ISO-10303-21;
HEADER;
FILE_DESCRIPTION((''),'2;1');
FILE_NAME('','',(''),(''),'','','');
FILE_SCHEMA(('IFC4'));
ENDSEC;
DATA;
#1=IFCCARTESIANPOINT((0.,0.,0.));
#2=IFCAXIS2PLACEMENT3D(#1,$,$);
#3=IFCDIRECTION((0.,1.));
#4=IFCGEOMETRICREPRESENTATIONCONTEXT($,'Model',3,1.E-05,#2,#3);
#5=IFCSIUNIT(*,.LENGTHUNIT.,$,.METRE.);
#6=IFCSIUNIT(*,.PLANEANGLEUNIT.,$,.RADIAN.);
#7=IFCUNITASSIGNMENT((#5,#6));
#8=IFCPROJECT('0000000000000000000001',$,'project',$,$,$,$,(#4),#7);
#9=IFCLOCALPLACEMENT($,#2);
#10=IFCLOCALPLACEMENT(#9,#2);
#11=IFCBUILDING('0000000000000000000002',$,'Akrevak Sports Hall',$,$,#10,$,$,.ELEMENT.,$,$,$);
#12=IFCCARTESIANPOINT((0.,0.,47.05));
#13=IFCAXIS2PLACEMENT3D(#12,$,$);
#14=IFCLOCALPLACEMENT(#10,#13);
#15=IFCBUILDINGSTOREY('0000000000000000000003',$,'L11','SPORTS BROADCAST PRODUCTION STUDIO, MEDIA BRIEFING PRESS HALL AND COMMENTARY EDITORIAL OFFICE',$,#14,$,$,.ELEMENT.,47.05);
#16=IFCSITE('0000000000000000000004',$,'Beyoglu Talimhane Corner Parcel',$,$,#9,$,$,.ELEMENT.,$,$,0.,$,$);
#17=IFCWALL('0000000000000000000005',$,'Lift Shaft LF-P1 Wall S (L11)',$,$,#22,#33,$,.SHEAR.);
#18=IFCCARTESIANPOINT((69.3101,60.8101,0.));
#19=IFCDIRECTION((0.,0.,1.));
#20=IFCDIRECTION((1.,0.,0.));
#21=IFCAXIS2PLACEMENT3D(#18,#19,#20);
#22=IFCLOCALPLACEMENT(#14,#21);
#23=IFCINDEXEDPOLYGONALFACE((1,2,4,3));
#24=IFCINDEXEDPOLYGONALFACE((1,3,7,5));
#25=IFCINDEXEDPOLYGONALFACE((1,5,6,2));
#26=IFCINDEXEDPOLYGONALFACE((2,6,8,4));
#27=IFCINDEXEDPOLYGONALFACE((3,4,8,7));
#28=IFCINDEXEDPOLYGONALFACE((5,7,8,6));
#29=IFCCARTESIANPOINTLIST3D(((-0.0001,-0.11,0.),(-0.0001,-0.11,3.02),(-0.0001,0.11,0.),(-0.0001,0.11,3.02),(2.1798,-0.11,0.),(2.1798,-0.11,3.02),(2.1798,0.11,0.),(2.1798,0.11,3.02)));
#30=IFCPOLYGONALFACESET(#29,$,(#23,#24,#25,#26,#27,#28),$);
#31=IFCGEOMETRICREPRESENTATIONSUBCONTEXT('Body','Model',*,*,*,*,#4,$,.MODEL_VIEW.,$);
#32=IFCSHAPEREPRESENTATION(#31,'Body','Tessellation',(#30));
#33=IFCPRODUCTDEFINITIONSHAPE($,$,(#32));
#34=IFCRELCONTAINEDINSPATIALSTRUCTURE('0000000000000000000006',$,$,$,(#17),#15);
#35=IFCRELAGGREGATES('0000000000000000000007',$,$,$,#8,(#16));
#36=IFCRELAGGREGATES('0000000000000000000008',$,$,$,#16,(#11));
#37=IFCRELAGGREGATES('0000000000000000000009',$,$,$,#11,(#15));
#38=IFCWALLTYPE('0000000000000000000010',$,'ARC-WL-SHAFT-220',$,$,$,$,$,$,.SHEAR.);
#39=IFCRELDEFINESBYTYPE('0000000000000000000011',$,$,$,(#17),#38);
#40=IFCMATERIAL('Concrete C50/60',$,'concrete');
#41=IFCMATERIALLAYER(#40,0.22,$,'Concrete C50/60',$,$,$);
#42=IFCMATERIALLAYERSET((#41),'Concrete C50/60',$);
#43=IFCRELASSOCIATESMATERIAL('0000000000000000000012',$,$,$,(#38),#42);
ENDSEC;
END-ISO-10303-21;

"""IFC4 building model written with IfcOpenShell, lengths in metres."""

from ifc_helpers import new_model, si_unit, direction, frame, frame_2d, origin, place, context, subcontext, project, spatial, rectangle, extrude, material, layer, layer_set, type_object, element, save


model = new_model("IFC4")

# Units and contexts
model_context = context("Model", 3, precision=1e-05, world=origin(), true_north=direction((0.0, 1.0)))
body_context = subcontext(model_context, "Body", "Model", "MODEL_VIEW")
ifc_project = project(units=[si_unit("LENGTHUNIT", "METRE"), si_unit("PLANEANGLEUNIT", "RADIAN")], contexts=[model_context])

# Site, building, storey
site_placement = place(None, origin())
site = spatial("IfcSite", under=ifc_project, at=site_placement, Name="Beyoglu Talimhane Corner Parcel", CompositionType="ELEMENT", RefElevation=0.0)
building_placement = place(site_placement, origin())
building = spatial("IfcBuilding", under=site, at=building_placement, Name="Akrevak Sports Hall", CompositionType="ELEMENT")
storey_placement = place(building_placement, frame((0.0, 0.0, 47.05)))
storey = spatial("IfcBuildingStorey", under=building, at=storey_placement, Name="L11", Description="SPORTS BROADCAST PRODUCTION STUDIO, MEDIA BRIEFING PRESS HALL AND COMMENTARY EDITORIAL OFFICE", CompositionType="ELEMENT", Elevation=47.05)

# Wall
ifc_material_1 = material(Name="Concrete C50/60", Category="concrete")
ifc_layer_1 = layer(ifc_material_1, 0.22, Name="Concrete C50/60")
ifc_layer_set_1 = layer_set([ifc_layer_1], Name="Concrete C50/60")
wall_type_1 = type_object("IfcWallType", Name="ARC-WL-SHAFT-220", PredefinedType="SHEAR", material=ifc_layer_set_1)
wall_1_placement = place(storey_placement, frame((69.3101, 60.8101, 0.0), z_axis=(0.0, 0.0, 1.0), x_axis=(1.0, 0.0, 0.0)))
element("IfcWall", 1, at=wall_1_placement, inside=storey, type_object=wall_type_1, Name="Lift Shaft LF-P1 Wall S (L11)", PredefinedType="SHEAR", context=body_context, shape_type="SweptSolid", body=[
    extrude(rectangle(XDim=2.1799, YDim=0.22, at=frame_2d((1.0898, 0.0))), origin(), (0.0, 0.0, 1.0), 3.02),
])

save(model, "model.ifc")
